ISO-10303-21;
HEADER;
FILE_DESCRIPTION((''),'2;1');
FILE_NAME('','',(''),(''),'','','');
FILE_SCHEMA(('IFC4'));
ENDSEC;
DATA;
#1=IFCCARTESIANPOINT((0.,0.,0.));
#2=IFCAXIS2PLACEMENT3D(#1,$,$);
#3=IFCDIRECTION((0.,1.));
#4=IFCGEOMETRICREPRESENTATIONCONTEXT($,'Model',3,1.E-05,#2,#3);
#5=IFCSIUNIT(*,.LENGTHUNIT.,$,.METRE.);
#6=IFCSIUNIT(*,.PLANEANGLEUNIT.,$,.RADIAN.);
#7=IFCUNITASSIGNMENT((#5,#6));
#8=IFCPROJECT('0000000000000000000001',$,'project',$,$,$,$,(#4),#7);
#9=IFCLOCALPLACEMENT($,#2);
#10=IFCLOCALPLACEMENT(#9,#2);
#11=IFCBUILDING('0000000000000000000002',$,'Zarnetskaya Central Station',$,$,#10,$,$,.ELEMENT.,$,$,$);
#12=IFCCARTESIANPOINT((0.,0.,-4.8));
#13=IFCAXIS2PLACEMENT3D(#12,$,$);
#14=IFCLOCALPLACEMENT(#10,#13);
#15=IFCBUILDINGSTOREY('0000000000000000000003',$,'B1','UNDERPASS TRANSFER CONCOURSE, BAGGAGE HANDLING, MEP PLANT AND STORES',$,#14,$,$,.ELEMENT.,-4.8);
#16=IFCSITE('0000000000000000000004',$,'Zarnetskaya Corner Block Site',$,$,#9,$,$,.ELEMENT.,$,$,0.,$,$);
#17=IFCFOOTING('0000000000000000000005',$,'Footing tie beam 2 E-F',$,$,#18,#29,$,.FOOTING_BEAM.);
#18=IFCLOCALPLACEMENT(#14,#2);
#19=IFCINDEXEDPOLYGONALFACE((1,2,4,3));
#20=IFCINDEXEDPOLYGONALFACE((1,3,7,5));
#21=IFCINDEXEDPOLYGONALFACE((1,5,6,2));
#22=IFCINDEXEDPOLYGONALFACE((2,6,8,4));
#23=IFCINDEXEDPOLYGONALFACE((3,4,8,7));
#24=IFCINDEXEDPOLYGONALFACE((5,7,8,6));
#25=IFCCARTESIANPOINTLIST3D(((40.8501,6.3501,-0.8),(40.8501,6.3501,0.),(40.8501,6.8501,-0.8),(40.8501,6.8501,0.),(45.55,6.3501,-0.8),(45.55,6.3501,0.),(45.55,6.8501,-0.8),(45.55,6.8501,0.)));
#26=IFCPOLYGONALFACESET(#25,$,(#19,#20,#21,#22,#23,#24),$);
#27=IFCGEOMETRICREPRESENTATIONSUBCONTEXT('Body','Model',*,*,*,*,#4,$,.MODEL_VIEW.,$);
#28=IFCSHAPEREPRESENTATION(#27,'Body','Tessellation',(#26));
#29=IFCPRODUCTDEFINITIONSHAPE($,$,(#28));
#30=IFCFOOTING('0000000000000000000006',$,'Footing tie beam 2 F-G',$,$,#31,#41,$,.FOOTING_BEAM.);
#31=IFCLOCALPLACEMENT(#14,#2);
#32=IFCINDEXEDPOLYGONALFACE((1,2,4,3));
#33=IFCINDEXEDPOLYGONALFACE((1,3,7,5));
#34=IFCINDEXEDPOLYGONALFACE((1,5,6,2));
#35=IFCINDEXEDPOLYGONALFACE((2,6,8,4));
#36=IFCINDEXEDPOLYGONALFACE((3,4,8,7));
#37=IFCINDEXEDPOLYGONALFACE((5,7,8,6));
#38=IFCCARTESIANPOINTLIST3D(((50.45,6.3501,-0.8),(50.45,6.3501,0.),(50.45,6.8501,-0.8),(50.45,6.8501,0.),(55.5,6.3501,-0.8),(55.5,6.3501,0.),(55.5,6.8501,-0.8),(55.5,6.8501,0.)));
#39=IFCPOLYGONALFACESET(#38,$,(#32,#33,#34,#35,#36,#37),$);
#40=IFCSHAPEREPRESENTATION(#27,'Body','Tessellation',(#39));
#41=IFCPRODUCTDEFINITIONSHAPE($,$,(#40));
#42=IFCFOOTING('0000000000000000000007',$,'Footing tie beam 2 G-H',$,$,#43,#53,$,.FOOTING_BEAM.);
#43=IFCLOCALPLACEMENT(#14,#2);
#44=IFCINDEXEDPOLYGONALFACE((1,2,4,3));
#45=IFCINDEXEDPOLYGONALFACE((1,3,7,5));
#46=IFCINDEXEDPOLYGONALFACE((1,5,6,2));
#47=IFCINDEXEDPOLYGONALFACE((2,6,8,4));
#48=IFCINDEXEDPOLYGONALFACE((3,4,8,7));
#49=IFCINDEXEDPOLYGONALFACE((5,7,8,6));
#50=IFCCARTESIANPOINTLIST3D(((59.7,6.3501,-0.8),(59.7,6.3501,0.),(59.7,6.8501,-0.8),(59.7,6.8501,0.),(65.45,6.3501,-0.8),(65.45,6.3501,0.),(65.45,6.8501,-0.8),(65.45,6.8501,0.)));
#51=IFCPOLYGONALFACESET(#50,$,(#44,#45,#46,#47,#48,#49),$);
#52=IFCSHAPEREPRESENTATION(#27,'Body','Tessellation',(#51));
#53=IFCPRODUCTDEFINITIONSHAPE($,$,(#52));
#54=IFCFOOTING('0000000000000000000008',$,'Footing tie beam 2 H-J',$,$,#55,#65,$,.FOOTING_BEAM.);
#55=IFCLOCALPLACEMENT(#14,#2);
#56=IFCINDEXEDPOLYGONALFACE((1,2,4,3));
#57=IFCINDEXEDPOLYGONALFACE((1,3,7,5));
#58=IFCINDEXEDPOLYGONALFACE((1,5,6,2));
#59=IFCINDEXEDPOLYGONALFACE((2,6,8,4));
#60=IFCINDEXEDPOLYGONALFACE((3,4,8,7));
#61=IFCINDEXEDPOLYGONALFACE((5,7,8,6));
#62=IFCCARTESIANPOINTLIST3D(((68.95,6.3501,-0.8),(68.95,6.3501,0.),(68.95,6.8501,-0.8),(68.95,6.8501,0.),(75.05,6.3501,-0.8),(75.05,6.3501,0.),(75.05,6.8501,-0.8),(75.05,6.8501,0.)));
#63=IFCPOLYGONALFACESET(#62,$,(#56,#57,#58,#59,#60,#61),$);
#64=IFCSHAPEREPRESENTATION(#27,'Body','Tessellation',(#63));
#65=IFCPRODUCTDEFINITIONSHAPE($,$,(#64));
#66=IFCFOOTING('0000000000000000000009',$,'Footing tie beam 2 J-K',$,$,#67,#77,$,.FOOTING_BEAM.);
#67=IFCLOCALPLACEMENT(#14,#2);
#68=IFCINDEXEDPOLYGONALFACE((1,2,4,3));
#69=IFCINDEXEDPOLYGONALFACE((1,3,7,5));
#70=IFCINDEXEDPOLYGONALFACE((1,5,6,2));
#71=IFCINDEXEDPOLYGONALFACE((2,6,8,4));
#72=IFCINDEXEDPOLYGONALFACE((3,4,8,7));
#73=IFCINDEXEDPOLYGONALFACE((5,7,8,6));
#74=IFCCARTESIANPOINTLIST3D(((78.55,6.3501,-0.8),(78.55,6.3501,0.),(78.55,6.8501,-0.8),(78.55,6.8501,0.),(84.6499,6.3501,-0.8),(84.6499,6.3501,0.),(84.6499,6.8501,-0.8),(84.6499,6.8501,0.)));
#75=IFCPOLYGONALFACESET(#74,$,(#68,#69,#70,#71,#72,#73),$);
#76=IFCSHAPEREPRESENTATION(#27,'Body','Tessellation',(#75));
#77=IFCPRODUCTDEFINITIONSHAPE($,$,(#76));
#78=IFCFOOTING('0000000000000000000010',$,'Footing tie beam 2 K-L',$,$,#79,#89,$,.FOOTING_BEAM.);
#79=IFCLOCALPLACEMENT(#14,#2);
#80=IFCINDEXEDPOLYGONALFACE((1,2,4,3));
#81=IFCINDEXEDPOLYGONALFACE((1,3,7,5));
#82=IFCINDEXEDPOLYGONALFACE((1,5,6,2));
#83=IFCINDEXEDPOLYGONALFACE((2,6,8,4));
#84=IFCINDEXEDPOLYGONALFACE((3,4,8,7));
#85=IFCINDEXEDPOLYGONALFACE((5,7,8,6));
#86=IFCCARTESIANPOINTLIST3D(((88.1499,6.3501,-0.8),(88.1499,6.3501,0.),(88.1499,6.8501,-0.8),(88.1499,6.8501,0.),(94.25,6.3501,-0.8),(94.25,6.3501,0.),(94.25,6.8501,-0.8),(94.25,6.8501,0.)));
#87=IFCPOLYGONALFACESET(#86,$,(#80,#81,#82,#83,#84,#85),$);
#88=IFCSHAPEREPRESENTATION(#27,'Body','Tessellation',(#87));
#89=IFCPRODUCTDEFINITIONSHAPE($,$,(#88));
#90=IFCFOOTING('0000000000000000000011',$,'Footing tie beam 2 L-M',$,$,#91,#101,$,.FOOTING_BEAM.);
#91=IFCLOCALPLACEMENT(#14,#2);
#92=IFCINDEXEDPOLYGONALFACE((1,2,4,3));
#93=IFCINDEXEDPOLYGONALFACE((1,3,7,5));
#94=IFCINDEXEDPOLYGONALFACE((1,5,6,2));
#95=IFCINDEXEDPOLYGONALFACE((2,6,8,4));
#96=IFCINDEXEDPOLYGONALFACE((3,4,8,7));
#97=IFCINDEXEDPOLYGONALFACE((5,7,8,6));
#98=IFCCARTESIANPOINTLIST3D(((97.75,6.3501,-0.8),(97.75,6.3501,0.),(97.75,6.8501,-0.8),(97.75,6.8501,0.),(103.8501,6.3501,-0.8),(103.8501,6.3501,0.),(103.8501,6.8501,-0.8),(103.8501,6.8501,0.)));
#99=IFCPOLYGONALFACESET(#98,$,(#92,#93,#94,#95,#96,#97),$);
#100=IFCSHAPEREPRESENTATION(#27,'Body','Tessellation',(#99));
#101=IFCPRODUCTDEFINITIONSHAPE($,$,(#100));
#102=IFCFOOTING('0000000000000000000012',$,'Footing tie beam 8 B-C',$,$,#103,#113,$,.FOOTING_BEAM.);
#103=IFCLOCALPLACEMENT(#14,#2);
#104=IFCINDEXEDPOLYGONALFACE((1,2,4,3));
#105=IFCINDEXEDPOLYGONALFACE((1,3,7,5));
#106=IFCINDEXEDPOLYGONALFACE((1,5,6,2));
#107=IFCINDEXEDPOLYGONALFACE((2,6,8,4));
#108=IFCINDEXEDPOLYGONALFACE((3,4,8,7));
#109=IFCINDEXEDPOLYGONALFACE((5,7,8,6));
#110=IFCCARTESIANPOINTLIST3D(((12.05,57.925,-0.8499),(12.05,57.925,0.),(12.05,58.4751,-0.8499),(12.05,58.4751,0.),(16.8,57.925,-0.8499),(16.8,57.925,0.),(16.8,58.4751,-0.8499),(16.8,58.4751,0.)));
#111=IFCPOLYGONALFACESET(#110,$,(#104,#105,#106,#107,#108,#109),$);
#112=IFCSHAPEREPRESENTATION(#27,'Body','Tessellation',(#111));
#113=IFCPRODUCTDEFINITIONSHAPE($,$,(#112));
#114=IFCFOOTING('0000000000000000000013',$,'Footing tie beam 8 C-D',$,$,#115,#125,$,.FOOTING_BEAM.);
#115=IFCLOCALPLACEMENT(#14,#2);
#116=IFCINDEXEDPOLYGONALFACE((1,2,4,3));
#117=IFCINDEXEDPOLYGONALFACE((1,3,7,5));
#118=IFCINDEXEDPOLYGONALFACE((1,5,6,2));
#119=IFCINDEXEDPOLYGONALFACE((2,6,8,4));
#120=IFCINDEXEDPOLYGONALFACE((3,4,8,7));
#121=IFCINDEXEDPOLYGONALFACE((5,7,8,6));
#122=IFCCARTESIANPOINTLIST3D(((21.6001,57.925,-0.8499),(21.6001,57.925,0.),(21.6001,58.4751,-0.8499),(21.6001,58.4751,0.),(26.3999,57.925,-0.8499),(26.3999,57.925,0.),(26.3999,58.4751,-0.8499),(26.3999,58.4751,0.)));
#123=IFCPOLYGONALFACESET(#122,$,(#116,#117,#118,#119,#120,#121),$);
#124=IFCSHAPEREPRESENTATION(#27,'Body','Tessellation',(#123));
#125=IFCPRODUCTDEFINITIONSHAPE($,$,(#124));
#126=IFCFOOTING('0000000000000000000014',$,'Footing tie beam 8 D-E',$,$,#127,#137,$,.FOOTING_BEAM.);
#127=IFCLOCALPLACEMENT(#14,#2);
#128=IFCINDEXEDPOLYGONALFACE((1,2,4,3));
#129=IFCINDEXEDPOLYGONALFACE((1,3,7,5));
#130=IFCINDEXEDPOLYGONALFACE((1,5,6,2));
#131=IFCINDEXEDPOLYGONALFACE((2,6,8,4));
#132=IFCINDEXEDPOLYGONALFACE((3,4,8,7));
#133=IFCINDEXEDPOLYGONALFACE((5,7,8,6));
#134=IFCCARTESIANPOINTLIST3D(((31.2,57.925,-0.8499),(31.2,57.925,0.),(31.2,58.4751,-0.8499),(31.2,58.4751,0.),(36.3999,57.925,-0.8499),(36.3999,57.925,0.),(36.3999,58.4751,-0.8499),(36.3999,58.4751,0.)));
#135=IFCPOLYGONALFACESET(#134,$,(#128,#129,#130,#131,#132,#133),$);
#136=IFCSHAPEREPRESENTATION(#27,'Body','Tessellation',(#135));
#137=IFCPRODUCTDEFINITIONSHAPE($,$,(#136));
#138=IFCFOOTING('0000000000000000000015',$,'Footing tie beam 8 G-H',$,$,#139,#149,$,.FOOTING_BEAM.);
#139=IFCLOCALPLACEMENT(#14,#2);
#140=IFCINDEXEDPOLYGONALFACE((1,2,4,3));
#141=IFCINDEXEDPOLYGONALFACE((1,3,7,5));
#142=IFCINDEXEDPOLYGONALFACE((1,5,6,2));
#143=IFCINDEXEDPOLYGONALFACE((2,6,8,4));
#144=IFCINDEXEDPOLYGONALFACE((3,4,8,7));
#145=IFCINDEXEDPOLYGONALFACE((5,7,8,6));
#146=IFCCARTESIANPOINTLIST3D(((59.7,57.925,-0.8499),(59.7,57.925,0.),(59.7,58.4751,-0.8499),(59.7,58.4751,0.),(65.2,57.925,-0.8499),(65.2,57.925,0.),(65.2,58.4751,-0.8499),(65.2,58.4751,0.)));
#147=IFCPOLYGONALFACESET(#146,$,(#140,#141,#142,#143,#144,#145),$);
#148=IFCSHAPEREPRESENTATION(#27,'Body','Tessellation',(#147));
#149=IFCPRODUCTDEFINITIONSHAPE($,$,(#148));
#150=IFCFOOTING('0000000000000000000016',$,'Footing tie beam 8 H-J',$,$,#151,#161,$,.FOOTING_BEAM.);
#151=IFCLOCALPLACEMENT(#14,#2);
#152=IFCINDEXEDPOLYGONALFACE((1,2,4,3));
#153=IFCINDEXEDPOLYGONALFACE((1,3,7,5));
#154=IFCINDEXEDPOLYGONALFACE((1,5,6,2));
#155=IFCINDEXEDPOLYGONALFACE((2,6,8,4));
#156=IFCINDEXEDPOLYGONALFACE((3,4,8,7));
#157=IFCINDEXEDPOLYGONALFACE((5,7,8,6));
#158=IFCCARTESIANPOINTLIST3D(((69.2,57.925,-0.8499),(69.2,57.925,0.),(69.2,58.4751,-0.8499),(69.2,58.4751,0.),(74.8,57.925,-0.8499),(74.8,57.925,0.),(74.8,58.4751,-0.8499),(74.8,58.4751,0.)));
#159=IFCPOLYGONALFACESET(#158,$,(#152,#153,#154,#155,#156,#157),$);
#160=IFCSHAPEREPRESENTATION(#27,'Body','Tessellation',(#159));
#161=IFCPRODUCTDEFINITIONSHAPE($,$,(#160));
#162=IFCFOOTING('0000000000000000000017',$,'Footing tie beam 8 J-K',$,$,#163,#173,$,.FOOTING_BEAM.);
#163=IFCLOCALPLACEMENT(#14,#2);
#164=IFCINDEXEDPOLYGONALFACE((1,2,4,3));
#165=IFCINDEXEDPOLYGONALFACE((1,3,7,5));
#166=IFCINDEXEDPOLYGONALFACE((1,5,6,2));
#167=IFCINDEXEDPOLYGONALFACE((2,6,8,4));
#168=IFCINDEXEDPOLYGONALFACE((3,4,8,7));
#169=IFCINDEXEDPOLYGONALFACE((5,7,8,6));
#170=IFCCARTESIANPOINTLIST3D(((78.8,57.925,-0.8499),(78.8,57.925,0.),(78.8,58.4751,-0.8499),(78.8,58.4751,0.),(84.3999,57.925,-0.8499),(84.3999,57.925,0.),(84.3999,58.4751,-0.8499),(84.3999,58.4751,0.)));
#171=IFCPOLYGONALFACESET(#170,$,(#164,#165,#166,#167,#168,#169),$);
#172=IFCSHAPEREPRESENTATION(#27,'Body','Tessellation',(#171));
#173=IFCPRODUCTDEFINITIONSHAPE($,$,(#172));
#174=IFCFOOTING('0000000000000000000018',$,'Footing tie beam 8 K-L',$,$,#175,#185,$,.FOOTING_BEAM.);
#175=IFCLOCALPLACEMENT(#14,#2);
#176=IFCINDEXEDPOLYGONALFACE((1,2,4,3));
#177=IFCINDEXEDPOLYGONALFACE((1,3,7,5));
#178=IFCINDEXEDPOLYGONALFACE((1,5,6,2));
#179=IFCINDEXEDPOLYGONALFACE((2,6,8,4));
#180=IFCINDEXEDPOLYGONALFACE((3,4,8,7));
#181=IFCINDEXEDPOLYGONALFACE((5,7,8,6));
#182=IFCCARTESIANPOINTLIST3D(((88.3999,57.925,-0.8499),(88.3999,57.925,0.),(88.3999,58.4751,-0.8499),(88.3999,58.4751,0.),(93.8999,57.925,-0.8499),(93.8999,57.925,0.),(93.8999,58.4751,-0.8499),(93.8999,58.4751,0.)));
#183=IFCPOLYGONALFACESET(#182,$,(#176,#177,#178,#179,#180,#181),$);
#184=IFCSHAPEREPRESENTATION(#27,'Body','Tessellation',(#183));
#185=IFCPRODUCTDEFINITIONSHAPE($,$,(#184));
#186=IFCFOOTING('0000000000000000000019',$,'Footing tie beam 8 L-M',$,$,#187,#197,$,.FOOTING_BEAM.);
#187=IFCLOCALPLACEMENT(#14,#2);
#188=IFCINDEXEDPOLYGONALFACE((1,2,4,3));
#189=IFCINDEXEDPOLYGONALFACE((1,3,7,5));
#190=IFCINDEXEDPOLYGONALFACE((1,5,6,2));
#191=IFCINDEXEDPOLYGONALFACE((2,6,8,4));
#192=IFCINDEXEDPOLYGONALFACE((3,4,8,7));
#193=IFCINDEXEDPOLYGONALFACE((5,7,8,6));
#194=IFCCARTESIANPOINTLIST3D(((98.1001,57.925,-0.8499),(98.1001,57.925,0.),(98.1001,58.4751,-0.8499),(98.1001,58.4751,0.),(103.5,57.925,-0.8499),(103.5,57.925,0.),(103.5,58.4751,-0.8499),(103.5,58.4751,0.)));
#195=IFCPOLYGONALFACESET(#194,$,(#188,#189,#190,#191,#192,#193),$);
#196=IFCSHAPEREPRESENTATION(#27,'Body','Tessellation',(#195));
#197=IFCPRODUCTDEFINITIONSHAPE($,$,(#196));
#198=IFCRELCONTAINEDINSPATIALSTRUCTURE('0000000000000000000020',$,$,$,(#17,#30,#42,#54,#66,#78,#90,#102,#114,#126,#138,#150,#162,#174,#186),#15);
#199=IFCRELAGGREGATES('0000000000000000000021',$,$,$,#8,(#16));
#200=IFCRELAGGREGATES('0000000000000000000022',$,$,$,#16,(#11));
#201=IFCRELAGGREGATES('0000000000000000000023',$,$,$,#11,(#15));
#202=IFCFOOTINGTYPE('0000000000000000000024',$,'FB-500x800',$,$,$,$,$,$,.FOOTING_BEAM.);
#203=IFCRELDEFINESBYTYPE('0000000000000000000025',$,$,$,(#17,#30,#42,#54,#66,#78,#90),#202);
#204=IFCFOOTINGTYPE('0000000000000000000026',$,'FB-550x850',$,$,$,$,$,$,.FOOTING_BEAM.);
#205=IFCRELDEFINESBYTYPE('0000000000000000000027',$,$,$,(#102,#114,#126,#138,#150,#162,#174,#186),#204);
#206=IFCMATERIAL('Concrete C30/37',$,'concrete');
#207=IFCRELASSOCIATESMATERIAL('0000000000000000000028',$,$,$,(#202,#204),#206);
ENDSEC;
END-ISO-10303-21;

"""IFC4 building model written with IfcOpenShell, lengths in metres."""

from ifc_helpers import new_model, si_unit, direction, frame, origin, place, context, subcontext, project, spatial, polyline, outline, extrude, material, type_object, element, save


model = new_model("IFC4")

# Units and contexts
model_context = context("Model", 3, precision=1e-05, world=origin(), true_north=direction((0.0, 1.0)))
body_context = subcontext(model_context, "Body", "Model", "MODEL_VIEW")
ifc_project = project(units=[si_unit("LENGTHUNIT", "METRE"), si_unit("PLANEANGLEUNIT", "RADIAN")], contexts=[model_context])

# Site, building, storey
site_placement = place(None, origin())
site = spatial("IfcSite", under=ifc_project, at=site_placement, Name="Zarnetskaya Corner Block Site", CompositionType="ELEMENT", RefElevation=0.0)
building_placement = place(site_placement, origin())
building = spatial("IfcBuilding", under=site, at=building_placement, Name="Zarnetskaya Central Station", CompositionType="ELEMENT")
storey_placement = place(building_placement, frame((0.0, 0.0, -4.8)))
storey = spatial("IfcBuildingStorey", under=building, at=storey_placement, Name="B1", Description="UNDERPASS TRANSFER CONCOURSE, BAGGAGE HANDLING, MEP PLANT AND STORES", CompositionType="ELEMENT", Elevation=-4.8)

# Footings
ifc_material = material(Name="Concrete C30/37", Category="concrete")
footing_type_1 = type_object("IfcFootingType", Name="FB-500x800", PredefinedType="FOOTING_BEAM", material=ifc_material)
footing_1_placement = place(storey_placement, frame((0.0, 0.0, -0.8)))
element("IfcFooting", 1, at=footing_1_placement, inside=storey, type_object=footing_type_1, Name="Footing tie beam 2 E-F", PredefinedType="FOOTING_BEAM", context=body_context, shape_type="SweptSolid", body=[
    extrude(outline(polyline([(40.8501, 6.3501), (45.55, 6.3501), (45.55, 6.8501), (40.8501, 6.8501), (40.8501, 6.3501)])), origin(), (0.0, 0.0, 1.0), 0.8),
])
footing_2_placement = place(storey_placement, frame((0.0, 0.0, -0.8)))
element("IfcFooting", 2, at=footing_2_placement, inside=storey, type_object=footing_type_1, Name="Footing tie beam 2 F-G", PredefinedType="FOOTING_BEAM", context=body_context, shape_type="SweptSolid", body=[
    extrude(outline(polyline([(50.45, 6.3501), (55.5, 6.3501), (55.5, 6.8501), (50.45, 6.8501), (50.45, 6.3501)])), origin(), (0.0, 0.0, 1.0), 0.8),
])
footing_3_placement = place(storey_placement, frame((0.0, 0.0, -0.8)))
element("IfcFooting", 3, at=footing_3_placement, inside=storey, type_object=footing_type_1, Name="Footing tie beam 2 G-H", PredefinedType="FOOTING_BEAM", context=body_context, shape_type="SweptSolid", body=[
    extrude(outline(polyline([(59.7, 6.3501), (65.45, 6.3501), (65.45, 6.8501), (59.7, 6.8501), (59.7, 6.3501)])), origin(), (0.0, 0.0, 1.0), 0.8),
])
footing_4_placement = place(storey_placement, frame((0.0, 0.0, -0.8)))
element("IfcFooting", 4, at=footing_4_placement, inside=storey, type_object=footing_type_1, Name="Footing tie beam 2 H-J", PredefinedType="FOOTING_BEAM", context=body_context, shape_type="SweptSolid", body=[
    extrude(outline(polyline([(68.95, 6.3501), (75.05, 6.3501), (75.05, 6.8501), (68.95, 6.8501), (68.95, 6.3501)])), origin(), (0.0, 0.0, 1.0), 0.8),
])
footing_5_placement = place(storey_placement, frame((0.0, 0.0, -0.8)))
element("IfcFooting", 5, at=footing_5_placement, inside=storey, type_object=footing_type_1, Name="Footing tie beam 2 J-K", PredefinedType="FOOTING_BEAM", context=body_context, shape_type="SweptSolid", body=[
    extrude(outline(polyline([(78.55, 6.3501), (84.6499, 6.3501), (84.6499, 6.8501), (78.55, 6.8501), (78.55, 6.3501)])), origin(), (0.0, 0.0, 1.0), 0.8),
])
footing_6_placement = place(storey_placement, frame((0.0, 0.0, -0.8)))
element("IfcFooting", 6, at=footing_6_placement, inside=storey, type_object=footing_type_1, Name="Footing tie beam 2 K-L", PredefinedType="FOOTING_BEAM", context=body_context, shape_type="SweptSolid", body=[
    extrude(outline(polyline([(88.1499, 6.3501), (94.25, 6.3501), (94.25, 6.8501), (88.1499, 6.8501), (88.1499, 6.3501)])), origin(), (0.0, 0.0, 1.0), 0.8),
])
footing_7_placement = place(storey_placement, frame((0.0, 0.0, -0.8)))
element("IfcFooting", 7, at=footing_7_placement, inside=storey, type_object=footing_type_1, Name="Footing tie beam 2 L-M", PredefinedType="FOOTING_BEAM", context=body_context, shape_type="SweptSolid", body=[
    extrude(outline(polyline([(97.75, 6.3501), (103.8501, 6.3501), (103.8501, 6.8501), (97.75, 6.8501), (97.75, 6.3501)])), origin(), (0.0, 0.0, 1.0), 0.8),
])
footing_type_2 = type_object("IfcFootingType", Name="FB-550x850", PredefinedType="FOOTING_BEAM", material=ifc_material)
footing_8_placement = place(storey_placement, frame((0.0, 0.0, -0.8499)))
element("IfcFooting", 8, at=footing_8_placement, inside=storey, type_object=footing_type_2, Name="Footing tie beam 8 B-C", PredefinedType="FOOTING_BEAM", context=body_context, shape_type="SweptSolid", body=[
    extrude(outline(polyline([(12.05, 57.925), (16.8, 57.925), (16.8, 58.4751), (12.05, 58.4751), (12.05, 57.925)])), origin(), (0.0, 0.0, 1.0), 0.8499),
])
footing_9_placement = place(storey_placement, frame((0.0, 0.0, -0.8499)))
element("IfcFooting", 9, at=footing_9_placement, inside=storey, type_object=footing_type_2, Name="Footing tie beam 8 C-D", PredefinedType="FOOTING_BEAM", context=body_context, shape_type="SweptSolid", body=[
    extrude(outline(polyline([(21.6001, 57.925), (26.3999, 57.925), (26.3999, 58.4751), (21.6001, 58.4751), (21.6001, 57.925)])), origin(), (0.0, 0.0, 1.0), 0.8499),
])
footing_10_placement = place(storey_placement, frame((0.0, 0.0, -0.8499)))
element("IfcFooting", 10, at=footing_10_placement, inside=storey, type_object=footing_type_2, Name="Footing tie beam 8 D-E", PredefinedType="FOOTING_BEAM", context=body_context, shape_type="SweptSolid", body=[
    extrude(outline(polyline([(31.2, 57.925), (36.3999, 57.925), (36.3999, 58.4751), (31.2, 58.4751), (31.2, 57.925)])), origin(), (0.0, 0.0, 1.0), 0.8499),
])
footing_11_placement = place(storey_placement, frame((0.0, 0.0, -0.8499)))
element("IfcFooting", 11, at=footing_11_placement, inside=storey, type_object=footing_type_2, Name="Footing tie beam 8 G-H", PredefinedType="FOOTING_BEAM", context=body_context, shape_type="SweptSolid", body=[
    extrude(outline(polyline([(59.7, 57.925), (65.2, 57.925), (65.2, 58.4751), (59.7, 58.4751), (59.7, 57.925)])), origin(), (0.0, 0.0, 1.0), 0.8499),
])
footing_12_placement = place(storey_placement, frame((0.0, 0.0, -0.8499)))
element("IfcFooting", 12, at=footing_12_placement, inside=storey, type_object=footing_type_2, Name="Footing tie beam 8 H-J", PredefinedType="FOOTING_BEAM", context=body_context, shape_type="SweptSolid", body=[
    extrude(outline(polyline([(69.2, 57.925), (74.8, 57.925), (74.8, 58.4751), (69.2, 58.4751), (69.2, 57.925)])), origin(), (0.0, 0.0, 1.0), 0.8499),
])
footing_13_placement = place(storey_placement, frame((0.0, 0.0, -0.8499)))
element("IfcFooting", 13, at=footing_13_placement, inside=storey, type_object=footing_type_2, Name="Footing tie beam 8 J-K", PredefinedType="FOOTING_BEAM", context=body_context, shape_type="SweptSolid", body=[
    extrude(outline(polyline([(78.8, 57.925), (84.3999, 57.925), (84.3999, 58.4751), (78.8, 58.4751), (78.8, 57.925)])), origin(), (0.0, 0.0, 1.0), 0.8499),
])
footing_14_placement = place(storey_placement, frame((0.0, 0.0, -0.8499)))
element("IfcFooting", 14, at=footing_14_placement, inside=storey, type_object=footing_type_2, Name="Footing tie beam 8 K-L", PredefinedType="FOOTING_BEAM", context=body_context, shape_type="SweptSolid", body=[
    extrude(outline(polyline([(88.3999, 57.925), (93.8999, 57.925), (93.8999, 58.4751), (88.3999, 58.4751), (88.3999, 57.925)])), origin(), (0.0, 0.0, 1.0), 0.8499),
])
footing_15_placement = place(storey_placement, frame((0.0, 0.0, -0.8499)))
element("IfcFooting", 15, at=footing_15_placement, inside=storey, type_object=footing_type_2, Name="Footing tie beam 8 L-M", PredefinedType="FOOTING_BEAM", context=body_context, shape_type="SweptSolid", body=[
    extrude(outline(polyline([(98.1001, 57.925), (103.5, 57.925), (103.5, 58.4751), (98.1001, 58.4751), (98.1001, 57.925)])), origin(), (0.0, 0.0, 1.0), 0.8499),
])

save(model, "model.ifc")
